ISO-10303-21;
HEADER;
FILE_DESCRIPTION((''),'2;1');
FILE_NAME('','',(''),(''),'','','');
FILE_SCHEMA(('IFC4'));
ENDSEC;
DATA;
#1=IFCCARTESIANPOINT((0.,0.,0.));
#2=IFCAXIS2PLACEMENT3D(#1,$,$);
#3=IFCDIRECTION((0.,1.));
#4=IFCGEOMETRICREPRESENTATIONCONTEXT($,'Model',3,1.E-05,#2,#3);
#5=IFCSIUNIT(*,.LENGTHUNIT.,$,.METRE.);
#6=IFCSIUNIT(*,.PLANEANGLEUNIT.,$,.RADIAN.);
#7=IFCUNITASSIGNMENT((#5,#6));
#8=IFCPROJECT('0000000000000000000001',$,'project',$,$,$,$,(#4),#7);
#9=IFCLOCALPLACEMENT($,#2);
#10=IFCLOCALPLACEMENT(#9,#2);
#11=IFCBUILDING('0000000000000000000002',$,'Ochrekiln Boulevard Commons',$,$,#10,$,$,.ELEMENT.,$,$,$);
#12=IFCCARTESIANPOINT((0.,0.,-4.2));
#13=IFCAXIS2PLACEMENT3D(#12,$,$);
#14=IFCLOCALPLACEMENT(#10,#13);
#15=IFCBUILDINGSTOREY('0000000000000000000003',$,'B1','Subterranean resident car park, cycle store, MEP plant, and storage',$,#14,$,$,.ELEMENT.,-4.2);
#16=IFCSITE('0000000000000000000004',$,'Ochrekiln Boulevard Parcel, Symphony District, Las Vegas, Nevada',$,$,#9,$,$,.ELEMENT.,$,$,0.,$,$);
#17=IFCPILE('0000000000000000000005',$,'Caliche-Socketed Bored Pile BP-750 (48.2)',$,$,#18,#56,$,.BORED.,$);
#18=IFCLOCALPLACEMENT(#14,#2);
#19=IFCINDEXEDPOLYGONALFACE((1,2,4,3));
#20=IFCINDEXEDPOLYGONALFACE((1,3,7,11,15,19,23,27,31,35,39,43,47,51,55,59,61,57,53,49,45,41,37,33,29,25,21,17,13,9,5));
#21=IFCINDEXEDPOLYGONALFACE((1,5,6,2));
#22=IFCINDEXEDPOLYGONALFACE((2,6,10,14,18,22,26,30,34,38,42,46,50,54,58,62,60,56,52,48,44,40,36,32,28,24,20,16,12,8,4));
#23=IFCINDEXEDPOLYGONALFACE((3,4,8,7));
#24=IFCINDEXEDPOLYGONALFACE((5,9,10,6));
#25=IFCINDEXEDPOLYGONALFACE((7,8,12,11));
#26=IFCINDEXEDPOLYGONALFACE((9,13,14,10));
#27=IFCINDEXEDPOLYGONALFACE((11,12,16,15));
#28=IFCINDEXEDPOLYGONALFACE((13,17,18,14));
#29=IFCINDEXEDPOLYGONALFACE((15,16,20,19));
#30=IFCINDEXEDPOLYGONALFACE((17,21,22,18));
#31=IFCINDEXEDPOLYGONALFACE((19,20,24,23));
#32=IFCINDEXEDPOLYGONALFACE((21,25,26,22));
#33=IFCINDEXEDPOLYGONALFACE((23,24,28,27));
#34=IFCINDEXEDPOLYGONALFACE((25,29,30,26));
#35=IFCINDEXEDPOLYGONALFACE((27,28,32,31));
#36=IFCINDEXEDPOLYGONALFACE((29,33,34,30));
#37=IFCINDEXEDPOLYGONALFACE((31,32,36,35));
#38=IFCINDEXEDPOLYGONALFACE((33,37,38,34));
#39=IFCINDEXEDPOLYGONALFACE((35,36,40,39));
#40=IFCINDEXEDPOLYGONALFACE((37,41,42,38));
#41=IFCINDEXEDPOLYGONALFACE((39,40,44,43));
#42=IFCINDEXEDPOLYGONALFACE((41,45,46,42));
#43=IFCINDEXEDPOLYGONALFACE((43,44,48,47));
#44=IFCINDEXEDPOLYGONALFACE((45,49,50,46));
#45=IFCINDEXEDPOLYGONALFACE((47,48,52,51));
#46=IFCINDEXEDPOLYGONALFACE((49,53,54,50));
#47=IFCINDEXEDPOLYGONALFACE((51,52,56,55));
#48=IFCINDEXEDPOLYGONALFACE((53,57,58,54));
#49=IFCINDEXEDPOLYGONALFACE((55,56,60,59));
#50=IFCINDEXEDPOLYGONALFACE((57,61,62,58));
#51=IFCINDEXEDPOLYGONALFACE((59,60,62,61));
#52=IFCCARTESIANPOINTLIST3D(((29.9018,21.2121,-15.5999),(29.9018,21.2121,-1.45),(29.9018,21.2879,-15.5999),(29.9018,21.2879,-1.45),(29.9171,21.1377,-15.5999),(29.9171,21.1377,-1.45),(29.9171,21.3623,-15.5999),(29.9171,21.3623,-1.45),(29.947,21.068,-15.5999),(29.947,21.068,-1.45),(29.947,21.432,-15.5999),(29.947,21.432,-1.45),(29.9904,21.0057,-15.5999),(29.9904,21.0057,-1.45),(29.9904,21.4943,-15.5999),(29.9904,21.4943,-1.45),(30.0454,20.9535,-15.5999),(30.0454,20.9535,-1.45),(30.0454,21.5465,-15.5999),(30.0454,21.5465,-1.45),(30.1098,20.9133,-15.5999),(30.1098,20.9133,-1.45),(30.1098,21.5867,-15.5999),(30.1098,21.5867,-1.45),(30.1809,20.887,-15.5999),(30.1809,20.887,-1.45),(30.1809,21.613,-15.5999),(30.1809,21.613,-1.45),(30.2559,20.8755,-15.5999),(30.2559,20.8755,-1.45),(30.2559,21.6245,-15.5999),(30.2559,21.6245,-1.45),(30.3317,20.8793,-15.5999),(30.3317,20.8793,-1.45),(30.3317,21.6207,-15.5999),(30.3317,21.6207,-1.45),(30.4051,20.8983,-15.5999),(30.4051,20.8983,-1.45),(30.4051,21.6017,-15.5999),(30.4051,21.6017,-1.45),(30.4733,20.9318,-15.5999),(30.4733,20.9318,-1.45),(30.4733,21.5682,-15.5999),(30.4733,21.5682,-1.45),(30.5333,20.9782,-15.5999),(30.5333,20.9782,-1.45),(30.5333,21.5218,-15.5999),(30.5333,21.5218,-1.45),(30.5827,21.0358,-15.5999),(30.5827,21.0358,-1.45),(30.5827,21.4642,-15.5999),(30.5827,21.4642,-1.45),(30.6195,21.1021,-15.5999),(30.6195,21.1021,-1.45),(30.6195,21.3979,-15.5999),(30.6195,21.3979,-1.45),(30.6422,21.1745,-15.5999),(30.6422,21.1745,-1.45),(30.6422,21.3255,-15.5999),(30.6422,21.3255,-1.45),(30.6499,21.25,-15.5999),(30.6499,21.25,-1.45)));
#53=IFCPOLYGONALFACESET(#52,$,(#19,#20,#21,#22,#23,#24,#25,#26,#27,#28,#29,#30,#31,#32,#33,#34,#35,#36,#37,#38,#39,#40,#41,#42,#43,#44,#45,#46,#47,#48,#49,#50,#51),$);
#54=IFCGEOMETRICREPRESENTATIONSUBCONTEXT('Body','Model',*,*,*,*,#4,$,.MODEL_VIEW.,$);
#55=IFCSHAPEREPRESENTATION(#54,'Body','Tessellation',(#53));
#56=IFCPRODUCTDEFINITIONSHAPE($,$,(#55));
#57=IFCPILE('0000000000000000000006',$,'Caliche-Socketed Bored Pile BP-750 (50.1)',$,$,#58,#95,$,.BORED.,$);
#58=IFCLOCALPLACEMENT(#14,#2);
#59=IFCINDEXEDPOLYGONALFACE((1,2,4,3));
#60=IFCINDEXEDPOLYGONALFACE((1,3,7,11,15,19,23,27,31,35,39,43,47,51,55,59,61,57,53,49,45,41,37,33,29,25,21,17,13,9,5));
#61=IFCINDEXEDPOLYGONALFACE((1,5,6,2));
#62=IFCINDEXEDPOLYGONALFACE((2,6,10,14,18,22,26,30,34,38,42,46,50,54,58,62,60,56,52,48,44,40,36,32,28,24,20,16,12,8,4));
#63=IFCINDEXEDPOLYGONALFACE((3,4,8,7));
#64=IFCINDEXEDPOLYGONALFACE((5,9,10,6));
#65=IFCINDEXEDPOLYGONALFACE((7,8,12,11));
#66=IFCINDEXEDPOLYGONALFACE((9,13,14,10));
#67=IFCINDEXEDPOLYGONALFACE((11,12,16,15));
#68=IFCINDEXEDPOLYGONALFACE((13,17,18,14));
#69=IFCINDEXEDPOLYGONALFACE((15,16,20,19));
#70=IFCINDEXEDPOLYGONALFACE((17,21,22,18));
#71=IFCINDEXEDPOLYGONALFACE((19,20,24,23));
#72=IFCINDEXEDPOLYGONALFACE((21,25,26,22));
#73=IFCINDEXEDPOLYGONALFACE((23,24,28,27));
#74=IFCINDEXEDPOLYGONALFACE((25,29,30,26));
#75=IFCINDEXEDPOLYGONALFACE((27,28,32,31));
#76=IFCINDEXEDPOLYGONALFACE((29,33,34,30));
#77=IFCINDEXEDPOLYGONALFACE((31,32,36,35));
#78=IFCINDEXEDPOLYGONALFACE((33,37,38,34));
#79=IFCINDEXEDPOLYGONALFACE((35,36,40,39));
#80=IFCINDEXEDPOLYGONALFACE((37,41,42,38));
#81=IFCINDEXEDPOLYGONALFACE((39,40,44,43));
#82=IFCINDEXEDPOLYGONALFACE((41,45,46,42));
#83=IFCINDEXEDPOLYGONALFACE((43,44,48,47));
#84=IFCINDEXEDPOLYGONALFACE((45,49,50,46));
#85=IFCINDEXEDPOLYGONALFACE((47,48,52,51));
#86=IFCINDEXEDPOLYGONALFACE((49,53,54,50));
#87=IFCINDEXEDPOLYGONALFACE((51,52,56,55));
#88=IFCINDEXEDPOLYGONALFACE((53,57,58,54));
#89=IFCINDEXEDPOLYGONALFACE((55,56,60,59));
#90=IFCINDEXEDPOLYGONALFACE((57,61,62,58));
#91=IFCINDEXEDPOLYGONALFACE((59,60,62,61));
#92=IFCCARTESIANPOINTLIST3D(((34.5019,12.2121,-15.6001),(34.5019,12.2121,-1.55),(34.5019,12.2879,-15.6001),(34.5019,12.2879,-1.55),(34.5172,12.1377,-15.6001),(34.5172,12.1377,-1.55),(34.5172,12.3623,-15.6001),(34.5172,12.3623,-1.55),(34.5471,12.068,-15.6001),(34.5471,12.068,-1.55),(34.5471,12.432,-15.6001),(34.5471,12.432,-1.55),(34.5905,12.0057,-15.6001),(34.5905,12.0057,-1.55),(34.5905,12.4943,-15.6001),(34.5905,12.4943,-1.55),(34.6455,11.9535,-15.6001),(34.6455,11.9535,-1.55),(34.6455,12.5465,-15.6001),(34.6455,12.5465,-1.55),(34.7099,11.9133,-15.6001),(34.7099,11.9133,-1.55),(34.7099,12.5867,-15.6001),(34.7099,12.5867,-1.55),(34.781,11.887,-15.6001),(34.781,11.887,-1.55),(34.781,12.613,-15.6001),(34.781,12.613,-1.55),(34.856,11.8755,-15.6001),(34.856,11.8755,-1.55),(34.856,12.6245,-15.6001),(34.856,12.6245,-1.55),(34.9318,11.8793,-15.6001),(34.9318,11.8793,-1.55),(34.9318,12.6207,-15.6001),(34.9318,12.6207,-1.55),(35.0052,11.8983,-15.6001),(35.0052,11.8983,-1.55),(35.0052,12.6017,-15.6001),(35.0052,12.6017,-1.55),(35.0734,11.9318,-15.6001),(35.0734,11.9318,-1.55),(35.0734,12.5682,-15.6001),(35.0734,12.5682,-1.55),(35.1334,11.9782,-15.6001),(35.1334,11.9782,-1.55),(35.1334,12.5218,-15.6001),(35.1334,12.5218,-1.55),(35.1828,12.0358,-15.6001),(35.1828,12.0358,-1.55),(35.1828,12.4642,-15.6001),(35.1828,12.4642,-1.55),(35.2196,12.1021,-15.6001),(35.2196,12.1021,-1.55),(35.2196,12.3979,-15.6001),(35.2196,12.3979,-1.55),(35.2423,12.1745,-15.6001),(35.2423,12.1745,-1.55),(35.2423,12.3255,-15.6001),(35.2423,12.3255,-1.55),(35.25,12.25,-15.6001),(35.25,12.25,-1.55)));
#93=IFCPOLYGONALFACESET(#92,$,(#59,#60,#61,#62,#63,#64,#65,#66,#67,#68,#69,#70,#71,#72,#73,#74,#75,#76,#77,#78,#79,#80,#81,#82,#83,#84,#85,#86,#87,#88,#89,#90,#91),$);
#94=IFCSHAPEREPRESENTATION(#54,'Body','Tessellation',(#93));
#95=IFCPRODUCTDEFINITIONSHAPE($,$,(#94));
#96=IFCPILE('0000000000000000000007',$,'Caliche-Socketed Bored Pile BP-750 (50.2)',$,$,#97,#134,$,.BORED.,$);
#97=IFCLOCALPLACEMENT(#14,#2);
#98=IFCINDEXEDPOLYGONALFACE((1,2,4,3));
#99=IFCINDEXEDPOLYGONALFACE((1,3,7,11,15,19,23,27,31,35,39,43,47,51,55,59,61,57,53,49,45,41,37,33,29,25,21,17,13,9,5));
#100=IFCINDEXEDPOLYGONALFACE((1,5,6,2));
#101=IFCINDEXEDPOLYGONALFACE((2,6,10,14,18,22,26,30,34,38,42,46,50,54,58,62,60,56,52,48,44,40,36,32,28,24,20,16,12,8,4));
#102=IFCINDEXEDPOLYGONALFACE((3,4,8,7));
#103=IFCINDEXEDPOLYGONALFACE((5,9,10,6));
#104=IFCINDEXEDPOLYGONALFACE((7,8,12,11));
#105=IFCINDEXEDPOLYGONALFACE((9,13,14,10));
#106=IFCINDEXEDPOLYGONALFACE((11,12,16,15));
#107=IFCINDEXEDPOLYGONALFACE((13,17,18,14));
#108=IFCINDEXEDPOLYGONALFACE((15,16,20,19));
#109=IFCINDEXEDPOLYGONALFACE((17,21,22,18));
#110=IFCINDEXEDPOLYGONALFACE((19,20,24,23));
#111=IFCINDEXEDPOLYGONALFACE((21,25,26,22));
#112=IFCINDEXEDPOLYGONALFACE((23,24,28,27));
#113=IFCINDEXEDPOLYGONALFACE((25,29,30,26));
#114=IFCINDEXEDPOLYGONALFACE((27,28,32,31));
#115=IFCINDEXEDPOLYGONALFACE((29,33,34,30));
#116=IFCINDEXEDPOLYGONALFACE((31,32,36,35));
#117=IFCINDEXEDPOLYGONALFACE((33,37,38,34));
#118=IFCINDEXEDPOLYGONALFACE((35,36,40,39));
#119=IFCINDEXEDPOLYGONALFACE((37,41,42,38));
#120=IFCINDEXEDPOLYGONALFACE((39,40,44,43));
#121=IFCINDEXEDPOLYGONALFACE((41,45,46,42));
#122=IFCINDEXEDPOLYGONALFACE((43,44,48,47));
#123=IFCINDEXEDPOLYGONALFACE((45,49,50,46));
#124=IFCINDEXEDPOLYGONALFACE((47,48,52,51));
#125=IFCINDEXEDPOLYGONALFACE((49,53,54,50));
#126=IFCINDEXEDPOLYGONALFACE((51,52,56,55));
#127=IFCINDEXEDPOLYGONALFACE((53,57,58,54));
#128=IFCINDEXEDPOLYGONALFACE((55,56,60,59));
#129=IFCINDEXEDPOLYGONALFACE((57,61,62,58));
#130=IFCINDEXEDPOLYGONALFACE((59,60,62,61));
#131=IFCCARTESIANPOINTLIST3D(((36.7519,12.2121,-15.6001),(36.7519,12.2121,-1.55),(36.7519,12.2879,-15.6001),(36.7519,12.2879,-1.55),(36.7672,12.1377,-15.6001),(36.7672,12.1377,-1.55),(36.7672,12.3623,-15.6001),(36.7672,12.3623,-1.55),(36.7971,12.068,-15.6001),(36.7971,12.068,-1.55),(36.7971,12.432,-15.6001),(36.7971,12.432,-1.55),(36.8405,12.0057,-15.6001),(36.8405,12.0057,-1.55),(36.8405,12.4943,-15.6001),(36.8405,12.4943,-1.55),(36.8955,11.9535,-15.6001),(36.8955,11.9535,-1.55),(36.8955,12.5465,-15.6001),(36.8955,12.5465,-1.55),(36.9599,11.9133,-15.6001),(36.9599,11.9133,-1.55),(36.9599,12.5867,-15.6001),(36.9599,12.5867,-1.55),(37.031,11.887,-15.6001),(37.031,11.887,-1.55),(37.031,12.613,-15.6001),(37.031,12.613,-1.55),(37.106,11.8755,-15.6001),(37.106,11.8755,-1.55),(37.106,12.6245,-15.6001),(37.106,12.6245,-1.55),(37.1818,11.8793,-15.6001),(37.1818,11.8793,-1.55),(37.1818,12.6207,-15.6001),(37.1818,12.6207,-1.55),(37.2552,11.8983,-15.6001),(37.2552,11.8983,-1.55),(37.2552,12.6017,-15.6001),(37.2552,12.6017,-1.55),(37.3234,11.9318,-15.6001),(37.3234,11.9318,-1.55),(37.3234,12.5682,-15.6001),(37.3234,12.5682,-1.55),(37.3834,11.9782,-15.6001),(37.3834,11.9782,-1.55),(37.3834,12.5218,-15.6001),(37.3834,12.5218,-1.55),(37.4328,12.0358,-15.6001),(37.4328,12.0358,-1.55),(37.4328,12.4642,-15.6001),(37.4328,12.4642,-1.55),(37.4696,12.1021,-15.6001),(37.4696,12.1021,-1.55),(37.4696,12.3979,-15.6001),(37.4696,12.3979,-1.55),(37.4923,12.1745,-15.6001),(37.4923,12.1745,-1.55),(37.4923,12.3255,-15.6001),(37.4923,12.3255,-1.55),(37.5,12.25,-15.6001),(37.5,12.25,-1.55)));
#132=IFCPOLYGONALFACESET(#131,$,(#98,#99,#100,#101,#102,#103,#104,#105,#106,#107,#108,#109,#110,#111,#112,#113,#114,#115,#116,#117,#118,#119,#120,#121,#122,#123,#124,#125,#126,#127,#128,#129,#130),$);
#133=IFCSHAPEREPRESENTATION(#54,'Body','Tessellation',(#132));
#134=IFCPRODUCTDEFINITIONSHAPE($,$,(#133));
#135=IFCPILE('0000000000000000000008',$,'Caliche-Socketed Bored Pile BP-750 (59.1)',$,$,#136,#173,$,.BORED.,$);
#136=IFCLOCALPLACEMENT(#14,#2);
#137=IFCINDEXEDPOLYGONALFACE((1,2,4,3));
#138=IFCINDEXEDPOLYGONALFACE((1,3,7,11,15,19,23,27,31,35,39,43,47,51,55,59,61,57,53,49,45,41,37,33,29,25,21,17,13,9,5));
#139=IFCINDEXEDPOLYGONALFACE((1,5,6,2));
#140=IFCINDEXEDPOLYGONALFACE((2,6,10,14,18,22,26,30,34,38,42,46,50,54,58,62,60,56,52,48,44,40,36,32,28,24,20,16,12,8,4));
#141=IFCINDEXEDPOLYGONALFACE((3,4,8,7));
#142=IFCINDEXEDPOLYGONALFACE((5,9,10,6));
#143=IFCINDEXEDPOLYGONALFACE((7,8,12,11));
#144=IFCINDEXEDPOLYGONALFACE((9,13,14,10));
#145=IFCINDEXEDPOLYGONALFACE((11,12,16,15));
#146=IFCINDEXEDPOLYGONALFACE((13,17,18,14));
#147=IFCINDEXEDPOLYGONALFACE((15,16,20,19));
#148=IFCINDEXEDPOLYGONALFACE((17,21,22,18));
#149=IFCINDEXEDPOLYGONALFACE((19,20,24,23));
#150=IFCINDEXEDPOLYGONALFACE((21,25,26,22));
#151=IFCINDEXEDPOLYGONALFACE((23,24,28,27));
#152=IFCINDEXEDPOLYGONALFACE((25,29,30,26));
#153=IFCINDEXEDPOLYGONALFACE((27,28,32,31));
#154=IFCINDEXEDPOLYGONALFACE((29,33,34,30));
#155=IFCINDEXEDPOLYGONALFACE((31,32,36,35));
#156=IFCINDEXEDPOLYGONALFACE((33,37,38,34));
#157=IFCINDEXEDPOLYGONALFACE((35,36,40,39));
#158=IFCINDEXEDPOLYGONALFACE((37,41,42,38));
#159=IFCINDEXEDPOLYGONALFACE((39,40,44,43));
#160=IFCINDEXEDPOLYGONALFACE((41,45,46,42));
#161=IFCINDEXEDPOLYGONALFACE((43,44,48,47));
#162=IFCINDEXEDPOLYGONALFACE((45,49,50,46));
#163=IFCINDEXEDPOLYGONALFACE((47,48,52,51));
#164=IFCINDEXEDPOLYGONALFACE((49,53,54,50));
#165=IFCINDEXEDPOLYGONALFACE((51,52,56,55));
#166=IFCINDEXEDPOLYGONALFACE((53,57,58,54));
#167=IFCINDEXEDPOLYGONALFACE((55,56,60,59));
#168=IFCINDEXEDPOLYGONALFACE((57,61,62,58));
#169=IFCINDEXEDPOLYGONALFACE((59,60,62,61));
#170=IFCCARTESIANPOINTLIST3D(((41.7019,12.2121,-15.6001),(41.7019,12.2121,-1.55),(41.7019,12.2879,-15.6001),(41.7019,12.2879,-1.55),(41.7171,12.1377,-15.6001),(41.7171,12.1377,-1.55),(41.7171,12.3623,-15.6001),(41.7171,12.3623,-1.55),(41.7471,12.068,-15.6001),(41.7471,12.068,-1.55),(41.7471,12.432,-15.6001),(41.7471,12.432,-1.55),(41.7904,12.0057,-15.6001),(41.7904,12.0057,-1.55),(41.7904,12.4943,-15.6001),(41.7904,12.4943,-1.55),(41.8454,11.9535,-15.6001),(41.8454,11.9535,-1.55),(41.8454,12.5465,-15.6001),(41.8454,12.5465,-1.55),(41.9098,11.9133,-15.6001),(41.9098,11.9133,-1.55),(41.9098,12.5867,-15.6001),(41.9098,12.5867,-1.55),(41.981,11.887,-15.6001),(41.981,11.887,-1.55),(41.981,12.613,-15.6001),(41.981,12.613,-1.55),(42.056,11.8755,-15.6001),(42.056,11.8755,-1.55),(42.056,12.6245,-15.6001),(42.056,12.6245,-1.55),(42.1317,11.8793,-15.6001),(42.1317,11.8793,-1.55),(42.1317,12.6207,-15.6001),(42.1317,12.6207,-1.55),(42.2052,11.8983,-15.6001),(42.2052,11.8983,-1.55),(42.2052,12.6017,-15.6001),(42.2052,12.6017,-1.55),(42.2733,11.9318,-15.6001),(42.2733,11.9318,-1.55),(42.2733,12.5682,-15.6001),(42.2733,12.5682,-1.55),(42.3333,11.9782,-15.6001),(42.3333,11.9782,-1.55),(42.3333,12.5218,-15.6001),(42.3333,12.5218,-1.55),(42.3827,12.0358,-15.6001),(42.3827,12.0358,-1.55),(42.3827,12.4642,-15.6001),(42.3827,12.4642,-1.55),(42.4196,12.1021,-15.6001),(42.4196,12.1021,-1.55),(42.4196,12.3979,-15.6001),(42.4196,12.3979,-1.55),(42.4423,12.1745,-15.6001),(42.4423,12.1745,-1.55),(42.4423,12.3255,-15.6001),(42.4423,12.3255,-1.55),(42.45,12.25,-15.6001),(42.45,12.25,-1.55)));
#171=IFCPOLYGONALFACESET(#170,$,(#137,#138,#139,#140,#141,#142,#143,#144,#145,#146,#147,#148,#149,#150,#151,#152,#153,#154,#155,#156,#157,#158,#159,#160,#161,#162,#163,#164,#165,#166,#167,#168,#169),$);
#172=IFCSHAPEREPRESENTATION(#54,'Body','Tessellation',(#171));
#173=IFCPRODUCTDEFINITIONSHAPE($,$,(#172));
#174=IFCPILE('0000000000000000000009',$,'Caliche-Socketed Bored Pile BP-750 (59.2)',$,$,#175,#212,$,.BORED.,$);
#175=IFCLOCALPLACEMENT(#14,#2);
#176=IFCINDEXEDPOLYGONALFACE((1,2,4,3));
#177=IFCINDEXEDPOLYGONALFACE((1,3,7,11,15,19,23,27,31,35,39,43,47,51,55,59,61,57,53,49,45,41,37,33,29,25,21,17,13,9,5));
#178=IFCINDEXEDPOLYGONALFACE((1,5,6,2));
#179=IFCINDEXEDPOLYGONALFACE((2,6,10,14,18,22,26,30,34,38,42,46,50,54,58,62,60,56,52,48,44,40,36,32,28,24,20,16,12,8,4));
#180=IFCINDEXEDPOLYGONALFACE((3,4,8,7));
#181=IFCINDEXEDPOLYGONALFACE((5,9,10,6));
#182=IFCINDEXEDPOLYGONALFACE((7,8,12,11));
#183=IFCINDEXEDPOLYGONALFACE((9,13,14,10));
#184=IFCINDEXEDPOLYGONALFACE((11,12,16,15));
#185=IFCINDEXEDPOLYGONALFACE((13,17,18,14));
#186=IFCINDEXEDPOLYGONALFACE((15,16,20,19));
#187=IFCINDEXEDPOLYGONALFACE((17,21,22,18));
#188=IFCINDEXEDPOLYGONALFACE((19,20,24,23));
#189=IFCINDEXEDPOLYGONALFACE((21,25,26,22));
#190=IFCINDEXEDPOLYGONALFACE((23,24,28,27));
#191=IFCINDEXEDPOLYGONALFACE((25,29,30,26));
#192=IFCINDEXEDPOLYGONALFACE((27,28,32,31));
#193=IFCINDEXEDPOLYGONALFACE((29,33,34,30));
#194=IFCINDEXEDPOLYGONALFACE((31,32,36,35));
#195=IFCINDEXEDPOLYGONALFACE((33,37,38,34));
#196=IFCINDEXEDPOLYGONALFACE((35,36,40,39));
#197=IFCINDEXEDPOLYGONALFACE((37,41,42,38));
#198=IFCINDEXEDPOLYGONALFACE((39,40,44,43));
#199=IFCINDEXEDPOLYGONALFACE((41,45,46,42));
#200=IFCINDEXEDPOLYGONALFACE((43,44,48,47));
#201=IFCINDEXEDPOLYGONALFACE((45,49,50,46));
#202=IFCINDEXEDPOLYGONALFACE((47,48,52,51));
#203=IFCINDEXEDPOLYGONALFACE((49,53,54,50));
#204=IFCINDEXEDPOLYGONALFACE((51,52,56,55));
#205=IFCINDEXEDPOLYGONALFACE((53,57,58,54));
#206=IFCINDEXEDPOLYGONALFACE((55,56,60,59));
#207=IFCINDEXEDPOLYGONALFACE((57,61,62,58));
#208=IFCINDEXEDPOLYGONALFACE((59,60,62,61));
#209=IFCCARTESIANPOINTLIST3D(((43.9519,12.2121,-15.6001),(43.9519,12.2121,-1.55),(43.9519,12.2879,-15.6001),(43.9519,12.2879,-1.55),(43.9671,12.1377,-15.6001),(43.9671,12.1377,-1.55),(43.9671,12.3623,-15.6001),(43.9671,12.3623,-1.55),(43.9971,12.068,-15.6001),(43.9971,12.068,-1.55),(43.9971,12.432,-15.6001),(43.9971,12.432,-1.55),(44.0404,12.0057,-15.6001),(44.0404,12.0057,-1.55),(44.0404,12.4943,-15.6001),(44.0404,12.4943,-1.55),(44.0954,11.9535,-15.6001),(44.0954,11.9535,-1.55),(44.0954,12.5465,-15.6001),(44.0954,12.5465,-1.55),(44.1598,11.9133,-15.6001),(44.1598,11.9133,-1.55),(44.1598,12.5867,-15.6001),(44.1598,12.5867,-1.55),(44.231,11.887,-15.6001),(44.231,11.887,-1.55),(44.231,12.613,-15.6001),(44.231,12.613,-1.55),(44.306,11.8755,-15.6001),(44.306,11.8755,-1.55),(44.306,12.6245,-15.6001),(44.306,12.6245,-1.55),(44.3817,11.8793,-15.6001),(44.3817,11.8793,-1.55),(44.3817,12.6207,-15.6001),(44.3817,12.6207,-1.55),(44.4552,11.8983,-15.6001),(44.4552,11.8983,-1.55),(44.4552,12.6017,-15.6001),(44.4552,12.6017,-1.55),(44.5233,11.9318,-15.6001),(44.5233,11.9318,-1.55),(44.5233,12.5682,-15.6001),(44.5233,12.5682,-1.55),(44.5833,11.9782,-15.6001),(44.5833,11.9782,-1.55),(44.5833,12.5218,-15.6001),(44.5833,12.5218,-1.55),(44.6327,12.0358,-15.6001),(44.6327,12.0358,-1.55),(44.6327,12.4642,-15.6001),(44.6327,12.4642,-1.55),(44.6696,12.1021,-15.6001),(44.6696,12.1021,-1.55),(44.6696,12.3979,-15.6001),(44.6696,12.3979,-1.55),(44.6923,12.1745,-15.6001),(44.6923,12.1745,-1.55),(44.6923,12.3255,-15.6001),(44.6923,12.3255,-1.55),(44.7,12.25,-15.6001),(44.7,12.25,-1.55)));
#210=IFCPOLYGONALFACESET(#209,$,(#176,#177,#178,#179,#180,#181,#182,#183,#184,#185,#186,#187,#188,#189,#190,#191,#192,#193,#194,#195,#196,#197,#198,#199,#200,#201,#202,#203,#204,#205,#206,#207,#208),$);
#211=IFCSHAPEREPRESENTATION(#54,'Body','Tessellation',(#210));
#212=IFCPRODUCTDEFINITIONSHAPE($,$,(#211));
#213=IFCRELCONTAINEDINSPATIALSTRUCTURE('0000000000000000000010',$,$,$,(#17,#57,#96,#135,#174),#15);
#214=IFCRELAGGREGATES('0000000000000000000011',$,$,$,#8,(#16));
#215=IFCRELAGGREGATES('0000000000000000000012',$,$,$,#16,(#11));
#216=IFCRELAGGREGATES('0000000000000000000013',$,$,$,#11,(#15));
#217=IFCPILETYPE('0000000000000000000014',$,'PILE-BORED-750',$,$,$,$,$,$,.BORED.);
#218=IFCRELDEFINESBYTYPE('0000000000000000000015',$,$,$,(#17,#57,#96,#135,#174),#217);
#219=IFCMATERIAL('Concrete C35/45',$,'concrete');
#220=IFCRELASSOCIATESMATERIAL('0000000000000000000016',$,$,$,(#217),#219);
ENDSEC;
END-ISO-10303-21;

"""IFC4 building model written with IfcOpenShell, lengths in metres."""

from ifc_helpers import new_model, si_unit, direction, frame, origin, origin_2d, place, context, subcontext, project, spatial, circle, extrude, material, material_profile, profile_set, type_object, element, save


model = new_model("IFC4")

# Units and contexts
model_context = context("Model", 3, precision=1e-05, world=origin(), true_north=direction((0.0, 1.0)))
body_context = subcontext(model_context, "Body", "Model", "MODEL_VIEW")
ifc_project = project(units=[si_unit("LENGTHUNIT", "METRE"), si_unit("PLANEANGLEUNIT", "RADIAN")], contexts=[model_context])

# Site, building, storey
site_placement = place(None, origin())
site = spatial("IfcSite", under=ifc_project, at=site_placement, Name="Ochrekiln Boulevard Parcel, Symphony District, Las Vegas, Nevada", CompositionType="ELEMENT", RefElevation=0.0)
building_placement = place(site_placement, origin())
building = spatial("IfcBuilding", under=site, at=building_placement, Name="Ochrekiln Boulevard Commons", CompositionType="ELEMENT")
storey_placement = place(building_placement, frame((0.0, 0.0, -4.2)))
storey = spatial("IfcBuildingStorey", under=building, at=storey_placement, Name="B1", Description="Subterranean resident car park, cycle store, MEP plant, and storage", CompositionType="ELEMENT", Elevation=-4.2)

# Shared definitions
ifc_material_1 = material(Name="Concrete C35/45", Category="concrete")

# Piles
ifc_material_profile_1 = material_profile(ifc_material_1, circle(Radius=0.375, at=origin_2d()), Name="PILE-D750")
ifc_profile_set_1 = profile_set([ifc_material_profile_1], Name="Concrete C35/45")
pile_type = type_object("IfcPileType", Name="PILE-BORED-750", PredefinedType="BORED", material=ifc_profile_set_1)
for number, where, z_axis, x_axis, name in (
    (1, (30.2749, 21.25, -1.45), (0.0, 0.0, -1.0), (1.0, 0.0, 0.0), "Caliche-Socketed Bored Pile BP-750 (48.2)"),
):
    element("IfcPile", number, at=place(storey_placement, frame(where, z_axis=z_axis, x_axis=x_axis)), inside=storey, type_object=pile_type, Name=name, PredefinedType="BORED", context=body_context, shape_type="SweptSolid", body=[
        extrude(circle(Radius=0.375, at=origin_2d()), origin(), (0.0, 0.0, 1.0), 14.1499),
    ])
for number, where, z_axis, x_axis, name in (
    (2, (34.875, 12.25, -1.55), (0.0, 0.0, -1.0), (1.0, 0.0, 0.0), "Caliche-Socketed Bored Pile BP-750 (50.1)"),
    (3, (37.125, 12.25, -1.55), (0.0, 0.0, -1.0), (1.0, 0.0, 0.0), "Caliche-Socketed Bored Pile BP-750 (50.2)"),
    (4, (42.075, 12.25, -1.55), (0.0, 0.0, -1.0), (1.0, 0.0, 0.0), "Caliche-Socketed Bored Pile BP-750 (59.1)"),
    (5, (44.325, 12.25, -1.55), (0.0, 0.0, -1.0), (1.0, 0.0, 0.0), "Caliche-Socketed Bored Pile BP-750 (59.2)"),
):
    element("IfcPile", number, at=place(storey_placement, frame(where, z_axis=z_axis, x_axis=x_axis)), inside=storey, type_object=pile_type, Name=name, PredefinedType="BORED", context=body_context, shape_type="SweptSolid", body=[
        extrude(circle(Radius=0.375, at=origin_2d()), origin(), (0.0, 0.0, 1.0), 14.05),
    ])

save(model, "model.ifc")
